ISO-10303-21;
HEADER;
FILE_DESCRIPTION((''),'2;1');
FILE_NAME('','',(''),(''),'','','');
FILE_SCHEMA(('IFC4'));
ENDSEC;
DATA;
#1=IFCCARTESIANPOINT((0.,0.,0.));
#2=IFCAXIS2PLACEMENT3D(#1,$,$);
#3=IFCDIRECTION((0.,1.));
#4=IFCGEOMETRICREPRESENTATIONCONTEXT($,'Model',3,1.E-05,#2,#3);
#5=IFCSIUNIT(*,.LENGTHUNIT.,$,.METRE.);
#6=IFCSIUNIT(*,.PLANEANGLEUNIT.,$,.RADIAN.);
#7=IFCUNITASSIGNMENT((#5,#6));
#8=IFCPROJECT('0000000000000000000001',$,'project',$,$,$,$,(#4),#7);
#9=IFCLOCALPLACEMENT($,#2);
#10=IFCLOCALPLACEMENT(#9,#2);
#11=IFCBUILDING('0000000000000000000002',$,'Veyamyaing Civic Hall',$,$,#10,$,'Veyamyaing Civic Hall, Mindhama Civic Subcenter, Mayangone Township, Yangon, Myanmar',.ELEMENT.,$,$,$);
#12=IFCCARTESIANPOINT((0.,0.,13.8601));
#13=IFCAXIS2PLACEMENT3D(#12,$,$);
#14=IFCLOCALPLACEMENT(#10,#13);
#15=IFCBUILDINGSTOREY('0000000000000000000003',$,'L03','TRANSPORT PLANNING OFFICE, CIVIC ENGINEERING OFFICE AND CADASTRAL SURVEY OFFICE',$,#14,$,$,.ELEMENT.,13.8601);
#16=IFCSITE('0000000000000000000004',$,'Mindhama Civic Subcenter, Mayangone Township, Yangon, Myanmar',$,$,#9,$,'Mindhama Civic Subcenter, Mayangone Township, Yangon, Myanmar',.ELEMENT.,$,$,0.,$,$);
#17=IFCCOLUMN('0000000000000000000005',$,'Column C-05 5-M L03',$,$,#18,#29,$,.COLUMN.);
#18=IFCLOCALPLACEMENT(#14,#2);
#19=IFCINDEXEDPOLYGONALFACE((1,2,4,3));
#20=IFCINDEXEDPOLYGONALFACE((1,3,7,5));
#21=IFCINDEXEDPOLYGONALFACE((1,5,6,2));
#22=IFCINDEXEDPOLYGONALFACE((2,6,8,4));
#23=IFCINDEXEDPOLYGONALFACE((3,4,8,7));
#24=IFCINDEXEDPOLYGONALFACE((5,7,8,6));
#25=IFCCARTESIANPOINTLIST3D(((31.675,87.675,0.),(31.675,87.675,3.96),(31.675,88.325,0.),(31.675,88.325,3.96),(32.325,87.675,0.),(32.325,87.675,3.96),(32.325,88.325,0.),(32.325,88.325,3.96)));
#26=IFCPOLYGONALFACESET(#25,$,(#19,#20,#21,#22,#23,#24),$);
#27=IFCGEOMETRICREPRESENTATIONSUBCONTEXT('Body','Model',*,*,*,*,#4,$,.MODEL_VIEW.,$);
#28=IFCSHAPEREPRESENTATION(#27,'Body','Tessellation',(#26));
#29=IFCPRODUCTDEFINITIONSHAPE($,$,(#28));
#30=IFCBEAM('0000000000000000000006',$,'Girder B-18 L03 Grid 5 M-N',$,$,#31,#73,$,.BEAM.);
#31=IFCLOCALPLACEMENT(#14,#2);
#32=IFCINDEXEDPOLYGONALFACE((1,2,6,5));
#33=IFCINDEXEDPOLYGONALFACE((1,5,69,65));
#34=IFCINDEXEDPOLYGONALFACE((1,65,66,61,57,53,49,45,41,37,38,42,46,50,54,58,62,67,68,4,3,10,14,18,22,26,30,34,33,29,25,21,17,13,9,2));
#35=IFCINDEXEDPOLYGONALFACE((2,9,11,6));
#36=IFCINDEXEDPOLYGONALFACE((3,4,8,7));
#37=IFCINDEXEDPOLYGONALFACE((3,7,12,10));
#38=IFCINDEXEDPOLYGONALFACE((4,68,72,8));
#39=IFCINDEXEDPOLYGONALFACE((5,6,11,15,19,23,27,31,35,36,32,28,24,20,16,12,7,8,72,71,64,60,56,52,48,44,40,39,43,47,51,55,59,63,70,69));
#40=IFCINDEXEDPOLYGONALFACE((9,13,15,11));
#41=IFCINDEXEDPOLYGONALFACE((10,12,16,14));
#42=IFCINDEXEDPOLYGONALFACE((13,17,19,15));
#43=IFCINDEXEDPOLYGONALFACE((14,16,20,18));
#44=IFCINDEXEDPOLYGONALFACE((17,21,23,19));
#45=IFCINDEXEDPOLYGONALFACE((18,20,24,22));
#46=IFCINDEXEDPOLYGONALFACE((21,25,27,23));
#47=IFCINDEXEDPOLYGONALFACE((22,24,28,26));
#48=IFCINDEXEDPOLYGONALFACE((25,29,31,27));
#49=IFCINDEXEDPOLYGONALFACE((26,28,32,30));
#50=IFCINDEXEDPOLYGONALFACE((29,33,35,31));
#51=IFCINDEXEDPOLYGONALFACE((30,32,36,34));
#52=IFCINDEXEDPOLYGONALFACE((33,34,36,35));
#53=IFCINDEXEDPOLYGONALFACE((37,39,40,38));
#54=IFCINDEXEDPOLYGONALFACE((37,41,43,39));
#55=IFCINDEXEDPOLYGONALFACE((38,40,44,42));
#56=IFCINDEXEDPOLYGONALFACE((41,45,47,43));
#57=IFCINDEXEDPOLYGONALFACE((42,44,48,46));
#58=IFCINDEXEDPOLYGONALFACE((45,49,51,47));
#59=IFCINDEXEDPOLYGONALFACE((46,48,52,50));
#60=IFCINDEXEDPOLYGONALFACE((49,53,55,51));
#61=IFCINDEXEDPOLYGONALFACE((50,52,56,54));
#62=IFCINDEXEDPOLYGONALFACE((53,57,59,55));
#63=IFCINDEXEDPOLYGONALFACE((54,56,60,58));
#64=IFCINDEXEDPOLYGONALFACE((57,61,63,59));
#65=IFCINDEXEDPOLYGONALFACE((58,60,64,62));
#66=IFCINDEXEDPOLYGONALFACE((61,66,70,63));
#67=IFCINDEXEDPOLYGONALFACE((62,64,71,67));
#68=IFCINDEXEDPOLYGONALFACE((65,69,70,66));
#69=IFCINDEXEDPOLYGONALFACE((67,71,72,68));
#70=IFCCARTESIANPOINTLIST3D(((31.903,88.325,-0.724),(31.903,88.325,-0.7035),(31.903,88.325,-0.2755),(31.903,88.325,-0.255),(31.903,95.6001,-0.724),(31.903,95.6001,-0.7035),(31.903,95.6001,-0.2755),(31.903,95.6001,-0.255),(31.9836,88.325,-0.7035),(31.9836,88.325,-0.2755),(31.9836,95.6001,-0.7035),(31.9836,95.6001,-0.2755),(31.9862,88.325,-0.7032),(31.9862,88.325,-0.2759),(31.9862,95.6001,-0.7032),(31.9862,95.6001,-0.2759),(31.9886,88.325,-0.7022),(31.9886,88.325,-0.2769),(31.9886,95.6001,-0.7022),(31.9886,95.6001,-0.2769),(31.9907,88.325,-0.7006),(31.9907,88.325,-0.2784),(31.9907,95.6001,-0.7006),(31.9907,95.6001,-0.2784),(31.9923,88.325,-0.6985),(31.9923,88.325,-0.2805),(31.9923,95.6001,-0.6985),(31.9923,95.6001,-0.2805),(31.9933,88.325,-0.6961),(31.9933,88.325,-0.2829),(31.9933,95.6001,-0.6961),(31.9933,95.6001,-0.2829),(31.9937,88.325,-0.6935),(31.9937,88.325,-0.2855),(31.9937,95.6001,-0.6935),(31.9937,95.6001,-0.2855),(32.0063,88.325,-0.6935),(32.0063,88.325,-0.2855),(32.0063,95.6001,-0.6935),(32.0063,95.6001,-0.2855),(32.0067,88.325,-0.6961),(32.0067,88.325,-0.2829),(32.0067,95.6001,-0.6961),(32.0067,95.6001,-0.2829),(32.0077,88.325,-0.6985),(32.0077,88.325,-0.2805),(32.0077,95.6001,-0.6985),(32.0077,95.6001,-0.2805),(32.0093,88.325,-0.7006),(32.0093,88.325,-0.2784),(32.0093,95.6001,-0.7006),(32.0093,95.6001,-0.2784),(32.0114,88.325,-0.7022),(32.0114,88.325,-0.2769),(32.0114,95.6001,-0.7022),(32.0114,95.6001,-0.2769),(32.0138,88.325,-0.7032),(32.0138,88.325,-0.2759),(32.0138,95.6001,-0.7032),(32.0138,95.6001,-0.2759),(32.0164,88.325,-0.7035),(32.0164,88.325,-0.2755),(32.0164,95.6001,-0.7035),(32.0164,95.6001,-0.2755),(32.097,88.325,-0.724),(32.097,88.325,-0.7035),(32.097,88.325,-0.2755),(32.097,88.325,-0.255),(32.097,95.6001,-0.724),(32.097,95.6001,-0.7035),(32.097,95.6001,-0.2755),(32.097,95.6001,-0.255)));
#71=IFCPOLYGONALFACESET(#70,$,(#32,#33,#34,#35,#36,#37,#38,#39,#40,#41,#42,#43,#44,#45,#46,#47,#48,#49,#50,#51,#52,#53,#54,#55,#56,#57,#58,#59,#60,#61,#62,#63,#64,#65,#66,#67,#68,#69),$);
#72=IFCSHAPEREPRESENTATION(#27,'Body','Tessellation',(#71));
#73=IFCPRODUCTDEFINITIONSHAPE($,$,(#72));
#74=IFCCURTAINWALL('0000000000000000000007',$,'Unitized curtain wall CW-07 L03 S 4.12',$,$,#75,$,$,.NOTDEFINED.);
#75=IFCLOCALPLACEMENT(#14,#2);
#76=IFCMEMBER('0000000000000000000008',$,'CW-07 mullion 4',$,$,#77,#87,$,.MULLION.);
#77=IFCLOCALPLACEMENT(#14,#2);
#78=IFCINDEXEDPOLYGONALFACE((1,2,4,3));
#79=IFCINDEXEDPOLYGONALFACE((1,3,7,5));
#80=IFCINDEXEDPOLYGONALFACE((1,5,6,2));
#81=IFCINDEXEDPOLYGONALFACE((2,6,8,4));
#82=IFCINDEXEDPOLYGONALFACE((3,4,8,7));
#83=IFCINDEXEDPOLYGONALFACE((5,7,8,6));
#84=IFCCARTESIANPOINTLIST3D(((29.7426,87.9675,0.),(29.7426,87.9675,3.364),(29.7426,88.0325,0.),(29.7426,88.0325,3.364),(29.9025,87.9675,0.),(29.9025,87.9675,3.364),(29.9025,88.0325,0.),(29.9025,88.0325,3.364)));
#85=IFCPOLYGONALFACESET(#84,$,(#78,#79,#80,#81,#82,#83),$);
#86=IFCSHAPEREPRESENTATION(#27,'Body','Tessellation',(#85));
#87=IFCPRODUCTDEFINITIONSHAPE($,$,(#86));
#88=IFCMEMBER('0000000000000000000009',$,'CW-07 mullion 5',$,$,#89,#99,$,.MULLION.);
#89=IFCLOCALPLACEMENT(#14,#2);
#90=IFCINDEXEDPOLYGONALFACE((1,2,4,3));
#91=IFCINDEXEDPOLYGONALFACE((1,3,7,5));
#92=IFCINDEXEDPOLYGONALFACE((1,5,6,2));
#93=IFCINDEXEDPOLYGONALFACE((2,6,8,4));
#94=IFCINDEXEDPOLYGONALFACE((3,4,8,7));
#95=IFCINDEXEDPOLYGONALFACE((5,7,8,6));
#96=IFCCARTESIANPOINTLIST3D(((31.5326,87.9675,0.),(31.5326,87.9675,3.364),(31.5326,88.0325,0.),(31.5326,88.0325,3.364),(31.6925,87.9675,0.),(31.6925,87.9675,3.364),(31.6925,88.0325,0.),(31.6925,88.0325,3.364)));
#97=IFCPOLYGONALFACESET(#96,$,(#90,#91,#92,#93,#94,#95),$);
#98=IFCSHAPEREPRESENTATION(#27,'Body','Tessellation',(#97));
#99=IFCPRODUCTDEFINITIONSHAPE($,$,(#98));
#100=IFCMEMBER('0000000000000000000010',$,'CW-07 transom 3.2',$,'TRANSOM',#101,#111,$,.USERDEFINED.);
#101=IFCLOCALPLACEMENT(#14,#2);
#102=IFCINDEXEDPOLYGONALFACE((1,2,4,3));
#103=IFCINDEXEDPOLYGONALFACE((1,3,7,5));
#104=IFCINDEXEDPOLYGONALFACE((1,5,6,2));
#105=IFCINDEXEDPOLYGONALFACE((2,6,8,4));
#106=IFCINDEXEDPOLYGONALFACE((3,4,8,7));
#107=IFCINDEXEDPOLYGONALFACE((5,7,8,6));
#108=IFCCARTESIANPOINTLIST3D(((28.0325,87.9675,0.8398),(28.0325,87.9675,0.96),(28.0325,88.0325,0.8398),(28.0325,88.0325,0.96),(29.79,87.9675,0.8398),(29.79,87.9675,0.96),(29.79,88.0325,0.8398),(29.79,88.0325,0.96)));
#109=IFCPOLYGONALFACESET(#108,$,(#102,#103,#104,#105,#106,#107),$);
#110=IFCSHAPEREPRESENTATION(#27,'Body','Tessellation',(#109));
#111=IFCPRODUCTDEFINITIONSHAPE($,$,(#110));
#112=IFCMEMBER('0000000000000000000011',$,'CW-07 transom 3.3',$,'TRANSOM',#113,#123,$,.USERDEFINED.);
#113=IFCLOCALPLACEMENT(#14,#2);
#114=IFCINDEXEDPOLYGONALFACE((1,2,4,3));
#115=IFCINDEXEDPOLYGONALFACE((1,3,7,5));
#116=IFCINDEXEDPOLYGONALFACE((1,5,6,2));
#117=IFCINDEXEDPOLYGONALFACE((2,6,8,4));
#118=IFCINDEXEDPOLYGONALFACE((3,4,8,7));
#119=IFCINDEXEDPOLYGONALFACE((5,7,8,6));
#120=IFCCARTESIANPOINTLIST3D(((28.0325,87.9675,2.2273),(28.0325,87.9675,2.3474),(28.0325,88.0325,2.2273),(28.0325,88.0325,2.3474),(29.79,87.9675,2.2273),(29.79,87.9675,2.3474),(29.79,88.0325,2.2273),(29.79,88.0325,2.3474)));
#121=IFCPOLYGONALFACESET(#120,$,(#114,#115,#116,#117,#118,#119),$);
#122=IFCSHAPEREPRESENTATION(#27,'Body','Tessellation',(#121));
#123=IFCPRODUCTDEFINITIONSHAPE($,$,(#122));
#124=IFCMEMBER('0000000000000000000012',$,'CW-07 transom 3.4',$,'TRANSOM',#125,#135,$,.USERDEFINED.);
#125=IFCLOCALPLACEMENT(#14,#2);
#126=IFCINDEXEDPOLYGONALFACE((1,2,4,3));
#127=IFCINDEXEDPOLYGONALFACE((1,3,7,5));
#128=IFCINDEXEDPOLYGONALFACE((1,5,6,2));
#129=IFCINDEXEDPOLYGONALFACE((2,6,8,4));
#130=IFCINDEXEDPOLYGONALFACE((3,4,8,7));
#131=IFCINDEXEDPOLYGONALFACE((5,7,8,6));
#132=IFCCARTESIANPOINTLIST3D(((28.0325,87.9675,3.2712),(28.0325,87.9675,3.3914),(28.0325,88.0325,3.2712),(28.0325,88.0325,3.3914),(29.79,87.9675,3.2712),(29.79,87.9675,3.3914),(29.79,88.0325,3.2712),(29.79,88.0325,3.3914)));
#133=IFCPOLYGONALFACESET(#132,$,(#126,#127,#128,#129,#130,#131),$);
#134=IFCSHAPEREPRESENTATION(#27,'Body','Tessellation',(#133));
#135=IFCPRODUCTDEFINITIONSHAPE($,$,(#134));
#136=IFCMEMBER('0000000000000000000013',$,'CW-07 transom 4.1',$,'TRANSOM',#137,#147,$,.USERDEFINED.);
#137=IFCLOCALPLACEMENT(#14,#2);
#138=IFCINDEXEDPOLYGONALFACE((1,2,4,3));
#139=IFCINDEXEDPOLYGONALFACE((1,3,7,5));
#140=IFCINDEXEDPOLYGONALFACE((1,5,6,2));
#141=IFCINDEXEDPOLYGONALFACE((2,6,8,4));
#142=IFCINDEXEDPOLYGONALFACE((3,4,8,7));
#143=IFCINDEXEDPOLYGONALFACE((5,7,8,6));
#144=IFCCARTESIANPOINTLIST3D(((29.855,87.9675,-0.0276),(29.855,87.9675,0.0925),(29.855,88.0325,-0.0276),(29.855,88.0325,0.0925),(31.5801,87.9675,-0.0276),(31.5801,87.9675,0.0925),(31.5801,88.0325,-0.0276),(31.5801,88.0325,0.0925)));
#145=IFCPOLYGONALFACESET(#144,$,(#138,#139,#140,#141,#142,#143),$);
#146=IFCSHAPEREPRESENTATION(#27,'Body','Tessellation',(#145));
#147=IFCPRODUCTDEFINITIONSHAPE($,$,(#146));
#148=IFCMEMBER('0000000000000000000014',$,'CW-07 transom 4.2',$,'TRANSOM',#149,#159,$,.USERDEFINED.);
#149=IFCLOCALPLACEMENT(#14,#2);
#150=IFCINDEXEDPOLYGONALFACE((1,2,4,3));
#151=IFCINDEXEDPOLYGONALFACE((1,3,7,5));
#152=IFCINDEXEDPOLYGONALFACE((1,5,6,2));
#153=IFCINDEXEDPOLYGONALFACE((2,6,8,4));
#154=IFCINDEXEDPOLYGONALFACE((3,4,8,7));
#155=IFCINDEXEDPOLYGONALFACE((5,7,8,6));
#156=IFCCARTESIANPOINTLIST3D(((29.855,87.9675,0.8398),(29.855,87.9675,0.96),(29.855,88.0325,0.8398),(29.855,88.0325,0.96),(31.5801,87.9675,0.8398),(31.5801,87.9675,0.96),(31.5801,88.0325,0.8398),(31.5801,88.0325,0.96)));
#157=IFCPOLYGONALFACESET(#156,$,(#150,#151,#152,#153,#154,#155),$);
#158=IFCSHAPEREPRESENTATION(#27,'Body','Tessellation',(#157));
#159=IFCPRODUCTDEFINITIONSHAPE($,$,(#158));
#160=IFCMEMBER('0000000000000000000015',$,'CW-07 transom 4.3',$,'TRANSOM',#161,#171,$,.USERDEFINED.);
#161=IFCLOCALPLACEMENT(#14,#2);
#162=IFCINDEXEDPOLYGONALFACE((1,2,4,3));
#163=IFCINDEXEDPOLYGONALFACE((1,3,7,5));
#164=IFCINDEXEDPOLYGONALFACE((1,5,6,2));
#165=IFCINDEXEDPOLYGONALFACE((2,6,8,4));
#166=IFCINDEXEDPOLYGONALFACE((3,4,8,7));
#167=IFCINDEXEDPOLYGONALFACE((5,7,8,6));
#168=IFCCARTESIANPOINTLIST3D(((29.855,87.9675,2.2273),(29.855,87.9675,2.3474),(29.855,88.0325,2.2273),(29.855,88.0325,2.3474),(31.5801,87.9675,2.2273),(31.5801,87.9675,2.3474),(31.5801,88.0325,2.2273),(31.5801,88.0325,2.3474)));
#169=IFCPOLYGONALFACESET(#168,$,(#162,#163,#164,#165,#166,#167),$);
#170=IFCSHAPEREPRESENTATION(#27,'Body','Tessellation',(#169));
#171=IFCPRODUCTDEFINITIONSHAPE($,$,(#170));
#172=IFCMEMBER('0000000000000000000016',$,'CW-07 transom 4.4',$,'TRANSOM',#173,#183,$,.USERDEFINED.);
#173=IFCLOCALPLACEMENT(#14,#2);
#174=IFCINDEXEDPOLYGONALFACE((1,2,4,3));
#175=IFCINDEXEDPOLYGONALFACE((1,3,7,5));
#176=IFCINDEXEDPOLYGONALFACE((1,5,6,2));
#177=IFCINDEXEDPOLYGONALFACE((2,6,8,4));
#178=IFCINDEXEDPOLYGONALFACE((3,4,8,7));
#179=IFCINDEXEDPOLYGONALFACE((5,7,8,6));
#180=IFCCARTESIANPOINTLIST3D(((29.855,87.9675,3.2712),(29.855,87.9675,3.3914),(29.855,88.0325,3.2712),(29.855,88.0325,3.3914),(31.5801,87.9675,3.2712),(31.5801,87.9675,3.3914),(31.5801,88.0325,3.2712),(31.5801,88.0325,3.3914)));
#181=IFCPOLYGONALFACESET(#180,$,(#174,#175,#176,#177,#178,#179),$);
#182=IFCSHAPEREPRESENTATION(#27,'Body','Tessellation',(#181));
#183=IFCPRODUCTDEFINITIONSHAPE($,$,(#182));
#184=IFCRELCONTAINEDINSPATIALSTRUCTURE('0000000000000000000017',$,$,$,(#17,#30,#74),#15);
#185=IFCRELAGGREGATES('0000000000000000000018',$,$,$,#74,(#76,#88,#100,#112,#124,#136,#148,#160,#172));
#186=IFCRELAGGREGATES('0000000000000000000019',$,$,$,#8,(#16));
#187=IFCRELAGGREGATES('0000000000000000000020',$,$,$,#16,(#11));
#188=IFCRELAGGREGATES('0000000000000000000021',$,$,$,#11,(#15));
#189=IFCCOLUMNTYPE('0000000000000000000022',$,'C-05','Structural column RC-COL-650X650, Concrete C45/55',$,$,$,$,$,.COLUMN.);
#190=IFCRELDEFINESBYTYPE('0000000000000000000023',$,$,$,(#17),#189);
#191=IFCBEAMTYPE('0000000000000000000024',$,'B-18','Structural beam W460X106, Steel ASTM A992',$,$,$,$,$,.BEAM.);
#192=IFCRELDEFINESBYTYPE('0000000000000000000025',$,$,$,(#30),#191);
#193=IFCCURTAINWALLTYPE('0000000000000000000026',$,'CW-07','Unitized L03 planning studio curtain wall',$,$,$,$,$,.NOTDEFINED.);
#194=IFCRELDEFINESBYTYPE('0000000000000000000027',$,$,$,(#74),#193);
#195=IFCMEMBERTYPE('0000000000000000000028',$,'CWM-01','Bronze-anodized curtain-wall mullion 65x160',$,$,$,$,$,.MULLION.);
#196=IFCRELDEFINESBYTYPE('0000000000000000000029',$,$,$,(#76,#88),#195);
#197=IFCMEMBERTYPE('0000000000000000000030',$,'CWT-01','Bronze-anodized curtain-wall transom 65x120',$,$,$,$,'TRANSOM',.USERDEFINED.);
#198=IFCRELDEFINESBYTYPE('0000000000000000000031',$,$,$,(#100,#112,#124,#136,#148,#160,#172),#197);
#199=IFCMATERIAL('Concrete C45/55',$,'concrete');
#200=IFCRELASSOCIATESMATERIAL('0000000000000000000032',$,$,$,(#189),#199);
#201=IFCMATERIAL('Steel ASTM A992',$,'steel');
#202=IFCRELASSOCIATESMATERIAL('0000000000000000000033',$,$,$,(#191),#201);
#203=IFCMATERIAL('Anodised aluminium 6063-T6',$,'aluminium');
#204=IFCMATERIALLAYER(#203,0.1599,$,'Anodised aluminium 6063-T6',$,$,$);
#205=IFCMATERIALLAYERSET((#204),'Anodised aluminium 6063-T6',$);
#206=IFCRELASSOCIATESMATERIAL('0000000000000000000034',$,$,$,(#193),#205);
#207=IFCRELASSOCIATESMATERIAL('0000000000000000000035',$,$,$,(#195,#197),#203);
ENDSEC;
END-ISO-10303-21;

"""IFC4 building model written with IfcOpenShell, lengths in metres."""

from ifc_helpers import new_model, si_unit, direction, frame, origin, origin_2d, place, context, subcontext, project, spatial, rectangle, i_section, extrude, material, layer, layer_set, material_profile, profile_set, type_object, element, aggregate, save


model = new_model("IFC4")

# Units and contexts
model_context = context("Model", 3, precision=1e-05, world=origin(), true_north=direction((0.0, 1.0)))
body_context = subcontext(model_context, "Body", "Model", "MODEL_VIEW")
ifc_project = project(units=[si_unit("LENGTHUNIT", "METRE"), si_unit("PLANEANGLEUNIT", "RADIAN")], contexts=[model_context])

# Site, building, storey
site_placement = place(None, origin())
site = spatial("IfcSite", under=ifc_project, at=site_placement, Name="Mindhama Civic Subcenter, Mayangone Township, Yangon, Myanmar", LongName="Mindhama Civic Subcenter, Mayangone Township, Yangon, Myanmar", CompositionType="ELEMENT", RefElevation=0.0)
building_placement = place(site_placement, origin())
building = spatial("IfcBuilding", under=site, at=building_placement, Name="Veyamyaing Civic Hall", LongName="Veyamyaing Civic Hall, Mindhama Civic Subcenter, Mayangone Township, Yangon, Myanmar", CompositionType="ELEMENT")
storey_placement = place(building_placement, frame((0.0, 0.0, 13.8601)))
storey = spatial("IfcBuildingStorey", under=building, at=storey_placement, Name="L03", Description="TRANSPORT PLANNING OFFICE, CIVIC ENGINEERING OFFICE AND CADASTRAL SURVEY OFFICE", CompositionType="ELEMENT", Elevation=13.8601)

# Column
ifc_material_1 = material(Name="Concrete C45/55", Category="concrete")
ifc_material_profile_1 = material_profile(ifc_material_1, rectangle(XDim=0.6499, YDim=0.6499, at=origin_2d()), Name="RC-COL-650X650")
ifc_profile_set_1 = profile_set([ifc_material_profile_1], Name="Concrete C45/55")
column_type = type_object("IfcColumnType", Name="C-05", Description="Structural column RC-COL-650X650, Concrete C45/55", PredefinedType="COLUMN", material=ifc_profile_set_1)
column_placement = place(storey_placement, frame((32.0, 88.0, 0.0), z_axis=(0.0, 0.0, 1.0), x_axis=(1.0, 0.0, 0.0)))
element("IfcColumn", 1, at=column_placement, inside=storey, type_object=column_type, Name="Column C-05 5-M L03", PredefinedType="COLUMN", context=body_context, shape_type="SweptSolid", body=[
    extrude(rectangle(XDim=0.6499, YDim=0.6499, at=origin_2d()), origin(), (0.0, 0.0, 1.0), 3.96),
])

# Beam
ifc_material_2 = material(Name="Steel ASTM A992", Category="steel")
ifc_material_profile_2 = material_profile(ifc_material_2, i_section(OverallWidth=0.1941, OverallDepth=0.469, WebThickness=0.0127, FlangeThickness=0.0205, FilletRadius=0.01, at=origin_2d()), Name="W460X106")
ifc_profile_set_2 = profile_set([ifc_material_profile_2], Name="Steel ASTM A992")
beam_type = type_object("IfcBeamType", Name="B-18", Description="Structural beam W460X106, Steel ASTM A992", PredefinedType="BEAM", material=ifc_profile_set_2)
beam_placement = place(storey_placement, frame((32.0, 88.325, -0.4895), z_axis=(0.0, 1.0, 0.0), x_axis=(-1.0, 0.0, 0.0)))
element("IfcBeam", 2, at=beam_placement, inside=storey, type_object=beam_type, Name="Girder B-18 L03 Grid 5 M-N", PredefinedType="BEAM", context=body_context, shape_type="SweptSolid", body=[
    extrude(i_section(OverallWidth=0.1941, OverallDepth=0.469, WebThickness=0.0127, FlangeThickness=0.0205, FilletRadius=0.01, at=origin_2d()), origin(), (0.0, 0.0, 1.0), 7.2751),
])

# Curtain wall, members
ifc_material_3 = material(Name="Anodised aluminium 6063-T6", Category="aluminium")
ifc_layer_1 = layer(ifc_material_3, 0.1599, Name="Anodised aluminium 6063-T6")
ifc_layer_set_1 = layer_set([ifc_layer_1], Name="Anodised aluminium 6063-T6")
curtain_wall_type = type_object("IfcCurtainWallType", Name="CW-07", Description="Unitized L03 planning studio curtain wall", PredefinedType="NOTDEFINED", material=ifc_layer_set_1)
curtain_wall_placement = place(storey_placement, origin())
curtain_wall = element("IfcCurtainWall", 3, at=curtain_wall_placement, inside=storey, type_object=curtain_wall_type, Name="Unitized curtain wall CW-07 L03 S 4.12", PredefinedType="NOTDEFINED")
ifc_material_profile_3 = material_profile(ifc_material_3, rectangle(XDim=0.0649, YDim=0.1599, at=origin_2d()), Name="ALU-MUL-65X160")
ifc_profile_set_3 = profile_set([ifc_material_profile_3], Name="Anodised aluminium 6063-T6")
member_type_1 = type_object("IfcMemberType", Name="CWM-01", Description="Bronze-anodized curtain-wall mullion 65x160", PredefinedType="MULLION", material=ifc_profile_set_3)
member_1_placement = place(storey_placement, frame((29.8225, 88.0, 0.0), z_axis=(0.0, 0.0, 1.0), x_axis=(0.0, 1.0, 0.0)))
member_1 = element("IfcMember", 4, at=member_1_placement, type_object=member_type_1, Name="CW-07 mullion 4", PredefinedType="MULLION", context=body_context, shape_type="SweptSolid", body=[
    extrude(rectangle(XDim=0.0649, YDim=0.1599, at=origin_2d()), origin(), (0.0, 0.0, 1.0), 3.364),
])
member_2_placement = place(storey_placement, frame((31.6125, 88.0, 0.0), z_axis=(0.0, 0.0, 1.0), x_axis=(0.0, 1.0, 0.0)))
member_2 = element("IfcMember", 5, at=member_2_placement, type_object=member_type_1, Name="CW-07 mullion 5", PredefinedType="MULLION", context=body_context, shape_type="SweptSolid", body=[
    extrude(rectangle(XDim=0.0649, YDim=0.1599, at=origin_2d()), origin(), (0.0, 0.0, 1.0), 3.364),
])
ifc_material_profile_4 = material_profile(ifc_material_3, rectangle(XDim=0.0649, YDim=0.1201, at=origin_2d()), Name="ALU-TRN-65X120")
ifc_profile_set_4 = profile_set([ifc_material_profile_4], Name="Anodised aluminium 6063-T6")
member_type_2 = type_object("IfcMemberType", Name="CWT-01", Description="Bronze-anodized curtain-wall transom 65x120", ElementType="TRANSOM", PredefinedType="USERDEFINED", material=ifc_profile_set_4)
member_3_placement = place(storey_placement, frame((28.0325, 88.0, 0.8999), z_axis=(1.0, 0.0, 0.0), x_axis=(0.0, 1.0, 0.0)))
member_3 = element("IfcMember", 6, at=member_3_placement, type_object=member_type_2, Name="CW-07 transom 3.2", ObjectType="TRANSOM", PredefinedType="USERDEFINED", context=body_context, shape_type="SweptSolid", body=[
    extrude(rectangle(XDim=0.0649, YDim=0.1201, at=origin_2d()), origin(), (0.0, 0.0, 1.0), 1.7576),
])
member_4_placement = place(storey_placement, frame((28.0325, 88.0, 2.2874), z_axis=(1.0, 0.0, 0.0), x_axis=(0.0, 1.0, 0.0)))
member_4 = element("IfcMember", 7, at=member_4_placement, type_object=member_type_2, Name="CW-07 transom 3.3", ObjectType="TRANSOM", PredefinedType="USERDEFINED", context=body_context, shape_type="SweptSolid", body=[
    extrude(rectangle(XDim=0.0649, YDim=0.1201, at=origin_2d()), origin(), (0.0, 0.0, 1.0), 1.7576),
])
member_5_placement = place(storey_placement, frame((28.0325, 88.0, 3.3313), z_axis=(1.0, 0.0, 0.0), x_axis=(0.0, 1.0, 0.0)))
member_5 = element("IfcMember", 8, at=member_5_placement, type_object=member_type_2, Name="CW-07 transom 3.4", ObjectType="TRANSOM", PredefinedType="USERDEFINED", context=body_context, shape_type="SweptSolid", body=[
    extrude(rectangle(XDim=0.0649, YDim=0.1201, at=origin_2d()), origin(), (0.0, 0.0, 1.0), 1.7576),
])
member_6_placement = place(storey_placement, frame((29.855, 88.0, 0.0325), z_axis=(1.0, 0.0, 0.0), x_axis=(0.0, 1.0, 0.0)))
member_6 = element("IfcMember", 9, at=member_6_placement, type_object=member_type_2, Name="CW-07 transom 4.1", ObjectType="TRANSOM", PredefinedType="USERDEFINED", context=body_context, shape_type="SweptSolid", body=[
    extrude(rectangle(XDim=0.0649, YDim=0.1201, at=origin_2d()), origin(), (0.0, 0.0, 1.0), 1.7251),
])
member_7_placement = place(storey_placement, frame((29.855, 88.0, 0.8999), z_axis=(1.0, 0.0, 0.0), x_axis=(0.0, 1.0, 0.0)))
member_7 = element("IfcMember", 10, at=member_7_placement, type_object=member_type_2, Name="CW-07 transom 4.2", ObjectType="TRANSOM", PredefinedType="USERDEFINED", context=body_context, shape_type="SweptSolid", body=[
    extrude(rectangle(XDim=0.0649, YDim=0.1201, at=origin_2d()), origin(), (0.0, 0.0, 1.0), 1.7251),
])
member_8_placement = place(storey_placement, frame((29.855, 88.0, 2.2874), z_axis=(1.0, 0.0, 0.0), x_axis=(0.0, 1.0, 0.0)))
member_8 = element("IfcMember", 11, at=member_8_placement, type_object=member_type_2, Name="CW-07 transom 4.3", ObjectType="TRANSOM", PredefinedType="USERDEFINED", context=body_context, shape_type="SweptSolid", body=[
    extrude(rectangle(XDim=0.0649, YDim=0.1201, at=origin_2d()), origin(), (0.0, 0.0, 1.0), 1.7251),
])
member_9_placement = place(storey_placement, frame((29.855, 88.0, 3.3313), z_axis=(1.0, 0.0, 0.0), x_axis=(0.0, 1.0, 0.0)))
member_9 = element("IfcMember", 12, at=member_9_placement, type_object=member_type_2, Name="CW-07 transom 4.4", ObjectType="TRANSOM", PredefinedType="USERDEFINED", context=body_context, shape_type="SweptSolid", body=[
    extrude(rectangle(XDim=0.0649, YDim=0.1201, at=origin_2d()), origin(), (0.0, 0.0, 1.0), 1.7251),
])
aggregate(curtain_wall, [member_1, member_2, member_3, member_4, member_5, member_6, member_7, member_8, member_9])

save(model, "model.ifc")
